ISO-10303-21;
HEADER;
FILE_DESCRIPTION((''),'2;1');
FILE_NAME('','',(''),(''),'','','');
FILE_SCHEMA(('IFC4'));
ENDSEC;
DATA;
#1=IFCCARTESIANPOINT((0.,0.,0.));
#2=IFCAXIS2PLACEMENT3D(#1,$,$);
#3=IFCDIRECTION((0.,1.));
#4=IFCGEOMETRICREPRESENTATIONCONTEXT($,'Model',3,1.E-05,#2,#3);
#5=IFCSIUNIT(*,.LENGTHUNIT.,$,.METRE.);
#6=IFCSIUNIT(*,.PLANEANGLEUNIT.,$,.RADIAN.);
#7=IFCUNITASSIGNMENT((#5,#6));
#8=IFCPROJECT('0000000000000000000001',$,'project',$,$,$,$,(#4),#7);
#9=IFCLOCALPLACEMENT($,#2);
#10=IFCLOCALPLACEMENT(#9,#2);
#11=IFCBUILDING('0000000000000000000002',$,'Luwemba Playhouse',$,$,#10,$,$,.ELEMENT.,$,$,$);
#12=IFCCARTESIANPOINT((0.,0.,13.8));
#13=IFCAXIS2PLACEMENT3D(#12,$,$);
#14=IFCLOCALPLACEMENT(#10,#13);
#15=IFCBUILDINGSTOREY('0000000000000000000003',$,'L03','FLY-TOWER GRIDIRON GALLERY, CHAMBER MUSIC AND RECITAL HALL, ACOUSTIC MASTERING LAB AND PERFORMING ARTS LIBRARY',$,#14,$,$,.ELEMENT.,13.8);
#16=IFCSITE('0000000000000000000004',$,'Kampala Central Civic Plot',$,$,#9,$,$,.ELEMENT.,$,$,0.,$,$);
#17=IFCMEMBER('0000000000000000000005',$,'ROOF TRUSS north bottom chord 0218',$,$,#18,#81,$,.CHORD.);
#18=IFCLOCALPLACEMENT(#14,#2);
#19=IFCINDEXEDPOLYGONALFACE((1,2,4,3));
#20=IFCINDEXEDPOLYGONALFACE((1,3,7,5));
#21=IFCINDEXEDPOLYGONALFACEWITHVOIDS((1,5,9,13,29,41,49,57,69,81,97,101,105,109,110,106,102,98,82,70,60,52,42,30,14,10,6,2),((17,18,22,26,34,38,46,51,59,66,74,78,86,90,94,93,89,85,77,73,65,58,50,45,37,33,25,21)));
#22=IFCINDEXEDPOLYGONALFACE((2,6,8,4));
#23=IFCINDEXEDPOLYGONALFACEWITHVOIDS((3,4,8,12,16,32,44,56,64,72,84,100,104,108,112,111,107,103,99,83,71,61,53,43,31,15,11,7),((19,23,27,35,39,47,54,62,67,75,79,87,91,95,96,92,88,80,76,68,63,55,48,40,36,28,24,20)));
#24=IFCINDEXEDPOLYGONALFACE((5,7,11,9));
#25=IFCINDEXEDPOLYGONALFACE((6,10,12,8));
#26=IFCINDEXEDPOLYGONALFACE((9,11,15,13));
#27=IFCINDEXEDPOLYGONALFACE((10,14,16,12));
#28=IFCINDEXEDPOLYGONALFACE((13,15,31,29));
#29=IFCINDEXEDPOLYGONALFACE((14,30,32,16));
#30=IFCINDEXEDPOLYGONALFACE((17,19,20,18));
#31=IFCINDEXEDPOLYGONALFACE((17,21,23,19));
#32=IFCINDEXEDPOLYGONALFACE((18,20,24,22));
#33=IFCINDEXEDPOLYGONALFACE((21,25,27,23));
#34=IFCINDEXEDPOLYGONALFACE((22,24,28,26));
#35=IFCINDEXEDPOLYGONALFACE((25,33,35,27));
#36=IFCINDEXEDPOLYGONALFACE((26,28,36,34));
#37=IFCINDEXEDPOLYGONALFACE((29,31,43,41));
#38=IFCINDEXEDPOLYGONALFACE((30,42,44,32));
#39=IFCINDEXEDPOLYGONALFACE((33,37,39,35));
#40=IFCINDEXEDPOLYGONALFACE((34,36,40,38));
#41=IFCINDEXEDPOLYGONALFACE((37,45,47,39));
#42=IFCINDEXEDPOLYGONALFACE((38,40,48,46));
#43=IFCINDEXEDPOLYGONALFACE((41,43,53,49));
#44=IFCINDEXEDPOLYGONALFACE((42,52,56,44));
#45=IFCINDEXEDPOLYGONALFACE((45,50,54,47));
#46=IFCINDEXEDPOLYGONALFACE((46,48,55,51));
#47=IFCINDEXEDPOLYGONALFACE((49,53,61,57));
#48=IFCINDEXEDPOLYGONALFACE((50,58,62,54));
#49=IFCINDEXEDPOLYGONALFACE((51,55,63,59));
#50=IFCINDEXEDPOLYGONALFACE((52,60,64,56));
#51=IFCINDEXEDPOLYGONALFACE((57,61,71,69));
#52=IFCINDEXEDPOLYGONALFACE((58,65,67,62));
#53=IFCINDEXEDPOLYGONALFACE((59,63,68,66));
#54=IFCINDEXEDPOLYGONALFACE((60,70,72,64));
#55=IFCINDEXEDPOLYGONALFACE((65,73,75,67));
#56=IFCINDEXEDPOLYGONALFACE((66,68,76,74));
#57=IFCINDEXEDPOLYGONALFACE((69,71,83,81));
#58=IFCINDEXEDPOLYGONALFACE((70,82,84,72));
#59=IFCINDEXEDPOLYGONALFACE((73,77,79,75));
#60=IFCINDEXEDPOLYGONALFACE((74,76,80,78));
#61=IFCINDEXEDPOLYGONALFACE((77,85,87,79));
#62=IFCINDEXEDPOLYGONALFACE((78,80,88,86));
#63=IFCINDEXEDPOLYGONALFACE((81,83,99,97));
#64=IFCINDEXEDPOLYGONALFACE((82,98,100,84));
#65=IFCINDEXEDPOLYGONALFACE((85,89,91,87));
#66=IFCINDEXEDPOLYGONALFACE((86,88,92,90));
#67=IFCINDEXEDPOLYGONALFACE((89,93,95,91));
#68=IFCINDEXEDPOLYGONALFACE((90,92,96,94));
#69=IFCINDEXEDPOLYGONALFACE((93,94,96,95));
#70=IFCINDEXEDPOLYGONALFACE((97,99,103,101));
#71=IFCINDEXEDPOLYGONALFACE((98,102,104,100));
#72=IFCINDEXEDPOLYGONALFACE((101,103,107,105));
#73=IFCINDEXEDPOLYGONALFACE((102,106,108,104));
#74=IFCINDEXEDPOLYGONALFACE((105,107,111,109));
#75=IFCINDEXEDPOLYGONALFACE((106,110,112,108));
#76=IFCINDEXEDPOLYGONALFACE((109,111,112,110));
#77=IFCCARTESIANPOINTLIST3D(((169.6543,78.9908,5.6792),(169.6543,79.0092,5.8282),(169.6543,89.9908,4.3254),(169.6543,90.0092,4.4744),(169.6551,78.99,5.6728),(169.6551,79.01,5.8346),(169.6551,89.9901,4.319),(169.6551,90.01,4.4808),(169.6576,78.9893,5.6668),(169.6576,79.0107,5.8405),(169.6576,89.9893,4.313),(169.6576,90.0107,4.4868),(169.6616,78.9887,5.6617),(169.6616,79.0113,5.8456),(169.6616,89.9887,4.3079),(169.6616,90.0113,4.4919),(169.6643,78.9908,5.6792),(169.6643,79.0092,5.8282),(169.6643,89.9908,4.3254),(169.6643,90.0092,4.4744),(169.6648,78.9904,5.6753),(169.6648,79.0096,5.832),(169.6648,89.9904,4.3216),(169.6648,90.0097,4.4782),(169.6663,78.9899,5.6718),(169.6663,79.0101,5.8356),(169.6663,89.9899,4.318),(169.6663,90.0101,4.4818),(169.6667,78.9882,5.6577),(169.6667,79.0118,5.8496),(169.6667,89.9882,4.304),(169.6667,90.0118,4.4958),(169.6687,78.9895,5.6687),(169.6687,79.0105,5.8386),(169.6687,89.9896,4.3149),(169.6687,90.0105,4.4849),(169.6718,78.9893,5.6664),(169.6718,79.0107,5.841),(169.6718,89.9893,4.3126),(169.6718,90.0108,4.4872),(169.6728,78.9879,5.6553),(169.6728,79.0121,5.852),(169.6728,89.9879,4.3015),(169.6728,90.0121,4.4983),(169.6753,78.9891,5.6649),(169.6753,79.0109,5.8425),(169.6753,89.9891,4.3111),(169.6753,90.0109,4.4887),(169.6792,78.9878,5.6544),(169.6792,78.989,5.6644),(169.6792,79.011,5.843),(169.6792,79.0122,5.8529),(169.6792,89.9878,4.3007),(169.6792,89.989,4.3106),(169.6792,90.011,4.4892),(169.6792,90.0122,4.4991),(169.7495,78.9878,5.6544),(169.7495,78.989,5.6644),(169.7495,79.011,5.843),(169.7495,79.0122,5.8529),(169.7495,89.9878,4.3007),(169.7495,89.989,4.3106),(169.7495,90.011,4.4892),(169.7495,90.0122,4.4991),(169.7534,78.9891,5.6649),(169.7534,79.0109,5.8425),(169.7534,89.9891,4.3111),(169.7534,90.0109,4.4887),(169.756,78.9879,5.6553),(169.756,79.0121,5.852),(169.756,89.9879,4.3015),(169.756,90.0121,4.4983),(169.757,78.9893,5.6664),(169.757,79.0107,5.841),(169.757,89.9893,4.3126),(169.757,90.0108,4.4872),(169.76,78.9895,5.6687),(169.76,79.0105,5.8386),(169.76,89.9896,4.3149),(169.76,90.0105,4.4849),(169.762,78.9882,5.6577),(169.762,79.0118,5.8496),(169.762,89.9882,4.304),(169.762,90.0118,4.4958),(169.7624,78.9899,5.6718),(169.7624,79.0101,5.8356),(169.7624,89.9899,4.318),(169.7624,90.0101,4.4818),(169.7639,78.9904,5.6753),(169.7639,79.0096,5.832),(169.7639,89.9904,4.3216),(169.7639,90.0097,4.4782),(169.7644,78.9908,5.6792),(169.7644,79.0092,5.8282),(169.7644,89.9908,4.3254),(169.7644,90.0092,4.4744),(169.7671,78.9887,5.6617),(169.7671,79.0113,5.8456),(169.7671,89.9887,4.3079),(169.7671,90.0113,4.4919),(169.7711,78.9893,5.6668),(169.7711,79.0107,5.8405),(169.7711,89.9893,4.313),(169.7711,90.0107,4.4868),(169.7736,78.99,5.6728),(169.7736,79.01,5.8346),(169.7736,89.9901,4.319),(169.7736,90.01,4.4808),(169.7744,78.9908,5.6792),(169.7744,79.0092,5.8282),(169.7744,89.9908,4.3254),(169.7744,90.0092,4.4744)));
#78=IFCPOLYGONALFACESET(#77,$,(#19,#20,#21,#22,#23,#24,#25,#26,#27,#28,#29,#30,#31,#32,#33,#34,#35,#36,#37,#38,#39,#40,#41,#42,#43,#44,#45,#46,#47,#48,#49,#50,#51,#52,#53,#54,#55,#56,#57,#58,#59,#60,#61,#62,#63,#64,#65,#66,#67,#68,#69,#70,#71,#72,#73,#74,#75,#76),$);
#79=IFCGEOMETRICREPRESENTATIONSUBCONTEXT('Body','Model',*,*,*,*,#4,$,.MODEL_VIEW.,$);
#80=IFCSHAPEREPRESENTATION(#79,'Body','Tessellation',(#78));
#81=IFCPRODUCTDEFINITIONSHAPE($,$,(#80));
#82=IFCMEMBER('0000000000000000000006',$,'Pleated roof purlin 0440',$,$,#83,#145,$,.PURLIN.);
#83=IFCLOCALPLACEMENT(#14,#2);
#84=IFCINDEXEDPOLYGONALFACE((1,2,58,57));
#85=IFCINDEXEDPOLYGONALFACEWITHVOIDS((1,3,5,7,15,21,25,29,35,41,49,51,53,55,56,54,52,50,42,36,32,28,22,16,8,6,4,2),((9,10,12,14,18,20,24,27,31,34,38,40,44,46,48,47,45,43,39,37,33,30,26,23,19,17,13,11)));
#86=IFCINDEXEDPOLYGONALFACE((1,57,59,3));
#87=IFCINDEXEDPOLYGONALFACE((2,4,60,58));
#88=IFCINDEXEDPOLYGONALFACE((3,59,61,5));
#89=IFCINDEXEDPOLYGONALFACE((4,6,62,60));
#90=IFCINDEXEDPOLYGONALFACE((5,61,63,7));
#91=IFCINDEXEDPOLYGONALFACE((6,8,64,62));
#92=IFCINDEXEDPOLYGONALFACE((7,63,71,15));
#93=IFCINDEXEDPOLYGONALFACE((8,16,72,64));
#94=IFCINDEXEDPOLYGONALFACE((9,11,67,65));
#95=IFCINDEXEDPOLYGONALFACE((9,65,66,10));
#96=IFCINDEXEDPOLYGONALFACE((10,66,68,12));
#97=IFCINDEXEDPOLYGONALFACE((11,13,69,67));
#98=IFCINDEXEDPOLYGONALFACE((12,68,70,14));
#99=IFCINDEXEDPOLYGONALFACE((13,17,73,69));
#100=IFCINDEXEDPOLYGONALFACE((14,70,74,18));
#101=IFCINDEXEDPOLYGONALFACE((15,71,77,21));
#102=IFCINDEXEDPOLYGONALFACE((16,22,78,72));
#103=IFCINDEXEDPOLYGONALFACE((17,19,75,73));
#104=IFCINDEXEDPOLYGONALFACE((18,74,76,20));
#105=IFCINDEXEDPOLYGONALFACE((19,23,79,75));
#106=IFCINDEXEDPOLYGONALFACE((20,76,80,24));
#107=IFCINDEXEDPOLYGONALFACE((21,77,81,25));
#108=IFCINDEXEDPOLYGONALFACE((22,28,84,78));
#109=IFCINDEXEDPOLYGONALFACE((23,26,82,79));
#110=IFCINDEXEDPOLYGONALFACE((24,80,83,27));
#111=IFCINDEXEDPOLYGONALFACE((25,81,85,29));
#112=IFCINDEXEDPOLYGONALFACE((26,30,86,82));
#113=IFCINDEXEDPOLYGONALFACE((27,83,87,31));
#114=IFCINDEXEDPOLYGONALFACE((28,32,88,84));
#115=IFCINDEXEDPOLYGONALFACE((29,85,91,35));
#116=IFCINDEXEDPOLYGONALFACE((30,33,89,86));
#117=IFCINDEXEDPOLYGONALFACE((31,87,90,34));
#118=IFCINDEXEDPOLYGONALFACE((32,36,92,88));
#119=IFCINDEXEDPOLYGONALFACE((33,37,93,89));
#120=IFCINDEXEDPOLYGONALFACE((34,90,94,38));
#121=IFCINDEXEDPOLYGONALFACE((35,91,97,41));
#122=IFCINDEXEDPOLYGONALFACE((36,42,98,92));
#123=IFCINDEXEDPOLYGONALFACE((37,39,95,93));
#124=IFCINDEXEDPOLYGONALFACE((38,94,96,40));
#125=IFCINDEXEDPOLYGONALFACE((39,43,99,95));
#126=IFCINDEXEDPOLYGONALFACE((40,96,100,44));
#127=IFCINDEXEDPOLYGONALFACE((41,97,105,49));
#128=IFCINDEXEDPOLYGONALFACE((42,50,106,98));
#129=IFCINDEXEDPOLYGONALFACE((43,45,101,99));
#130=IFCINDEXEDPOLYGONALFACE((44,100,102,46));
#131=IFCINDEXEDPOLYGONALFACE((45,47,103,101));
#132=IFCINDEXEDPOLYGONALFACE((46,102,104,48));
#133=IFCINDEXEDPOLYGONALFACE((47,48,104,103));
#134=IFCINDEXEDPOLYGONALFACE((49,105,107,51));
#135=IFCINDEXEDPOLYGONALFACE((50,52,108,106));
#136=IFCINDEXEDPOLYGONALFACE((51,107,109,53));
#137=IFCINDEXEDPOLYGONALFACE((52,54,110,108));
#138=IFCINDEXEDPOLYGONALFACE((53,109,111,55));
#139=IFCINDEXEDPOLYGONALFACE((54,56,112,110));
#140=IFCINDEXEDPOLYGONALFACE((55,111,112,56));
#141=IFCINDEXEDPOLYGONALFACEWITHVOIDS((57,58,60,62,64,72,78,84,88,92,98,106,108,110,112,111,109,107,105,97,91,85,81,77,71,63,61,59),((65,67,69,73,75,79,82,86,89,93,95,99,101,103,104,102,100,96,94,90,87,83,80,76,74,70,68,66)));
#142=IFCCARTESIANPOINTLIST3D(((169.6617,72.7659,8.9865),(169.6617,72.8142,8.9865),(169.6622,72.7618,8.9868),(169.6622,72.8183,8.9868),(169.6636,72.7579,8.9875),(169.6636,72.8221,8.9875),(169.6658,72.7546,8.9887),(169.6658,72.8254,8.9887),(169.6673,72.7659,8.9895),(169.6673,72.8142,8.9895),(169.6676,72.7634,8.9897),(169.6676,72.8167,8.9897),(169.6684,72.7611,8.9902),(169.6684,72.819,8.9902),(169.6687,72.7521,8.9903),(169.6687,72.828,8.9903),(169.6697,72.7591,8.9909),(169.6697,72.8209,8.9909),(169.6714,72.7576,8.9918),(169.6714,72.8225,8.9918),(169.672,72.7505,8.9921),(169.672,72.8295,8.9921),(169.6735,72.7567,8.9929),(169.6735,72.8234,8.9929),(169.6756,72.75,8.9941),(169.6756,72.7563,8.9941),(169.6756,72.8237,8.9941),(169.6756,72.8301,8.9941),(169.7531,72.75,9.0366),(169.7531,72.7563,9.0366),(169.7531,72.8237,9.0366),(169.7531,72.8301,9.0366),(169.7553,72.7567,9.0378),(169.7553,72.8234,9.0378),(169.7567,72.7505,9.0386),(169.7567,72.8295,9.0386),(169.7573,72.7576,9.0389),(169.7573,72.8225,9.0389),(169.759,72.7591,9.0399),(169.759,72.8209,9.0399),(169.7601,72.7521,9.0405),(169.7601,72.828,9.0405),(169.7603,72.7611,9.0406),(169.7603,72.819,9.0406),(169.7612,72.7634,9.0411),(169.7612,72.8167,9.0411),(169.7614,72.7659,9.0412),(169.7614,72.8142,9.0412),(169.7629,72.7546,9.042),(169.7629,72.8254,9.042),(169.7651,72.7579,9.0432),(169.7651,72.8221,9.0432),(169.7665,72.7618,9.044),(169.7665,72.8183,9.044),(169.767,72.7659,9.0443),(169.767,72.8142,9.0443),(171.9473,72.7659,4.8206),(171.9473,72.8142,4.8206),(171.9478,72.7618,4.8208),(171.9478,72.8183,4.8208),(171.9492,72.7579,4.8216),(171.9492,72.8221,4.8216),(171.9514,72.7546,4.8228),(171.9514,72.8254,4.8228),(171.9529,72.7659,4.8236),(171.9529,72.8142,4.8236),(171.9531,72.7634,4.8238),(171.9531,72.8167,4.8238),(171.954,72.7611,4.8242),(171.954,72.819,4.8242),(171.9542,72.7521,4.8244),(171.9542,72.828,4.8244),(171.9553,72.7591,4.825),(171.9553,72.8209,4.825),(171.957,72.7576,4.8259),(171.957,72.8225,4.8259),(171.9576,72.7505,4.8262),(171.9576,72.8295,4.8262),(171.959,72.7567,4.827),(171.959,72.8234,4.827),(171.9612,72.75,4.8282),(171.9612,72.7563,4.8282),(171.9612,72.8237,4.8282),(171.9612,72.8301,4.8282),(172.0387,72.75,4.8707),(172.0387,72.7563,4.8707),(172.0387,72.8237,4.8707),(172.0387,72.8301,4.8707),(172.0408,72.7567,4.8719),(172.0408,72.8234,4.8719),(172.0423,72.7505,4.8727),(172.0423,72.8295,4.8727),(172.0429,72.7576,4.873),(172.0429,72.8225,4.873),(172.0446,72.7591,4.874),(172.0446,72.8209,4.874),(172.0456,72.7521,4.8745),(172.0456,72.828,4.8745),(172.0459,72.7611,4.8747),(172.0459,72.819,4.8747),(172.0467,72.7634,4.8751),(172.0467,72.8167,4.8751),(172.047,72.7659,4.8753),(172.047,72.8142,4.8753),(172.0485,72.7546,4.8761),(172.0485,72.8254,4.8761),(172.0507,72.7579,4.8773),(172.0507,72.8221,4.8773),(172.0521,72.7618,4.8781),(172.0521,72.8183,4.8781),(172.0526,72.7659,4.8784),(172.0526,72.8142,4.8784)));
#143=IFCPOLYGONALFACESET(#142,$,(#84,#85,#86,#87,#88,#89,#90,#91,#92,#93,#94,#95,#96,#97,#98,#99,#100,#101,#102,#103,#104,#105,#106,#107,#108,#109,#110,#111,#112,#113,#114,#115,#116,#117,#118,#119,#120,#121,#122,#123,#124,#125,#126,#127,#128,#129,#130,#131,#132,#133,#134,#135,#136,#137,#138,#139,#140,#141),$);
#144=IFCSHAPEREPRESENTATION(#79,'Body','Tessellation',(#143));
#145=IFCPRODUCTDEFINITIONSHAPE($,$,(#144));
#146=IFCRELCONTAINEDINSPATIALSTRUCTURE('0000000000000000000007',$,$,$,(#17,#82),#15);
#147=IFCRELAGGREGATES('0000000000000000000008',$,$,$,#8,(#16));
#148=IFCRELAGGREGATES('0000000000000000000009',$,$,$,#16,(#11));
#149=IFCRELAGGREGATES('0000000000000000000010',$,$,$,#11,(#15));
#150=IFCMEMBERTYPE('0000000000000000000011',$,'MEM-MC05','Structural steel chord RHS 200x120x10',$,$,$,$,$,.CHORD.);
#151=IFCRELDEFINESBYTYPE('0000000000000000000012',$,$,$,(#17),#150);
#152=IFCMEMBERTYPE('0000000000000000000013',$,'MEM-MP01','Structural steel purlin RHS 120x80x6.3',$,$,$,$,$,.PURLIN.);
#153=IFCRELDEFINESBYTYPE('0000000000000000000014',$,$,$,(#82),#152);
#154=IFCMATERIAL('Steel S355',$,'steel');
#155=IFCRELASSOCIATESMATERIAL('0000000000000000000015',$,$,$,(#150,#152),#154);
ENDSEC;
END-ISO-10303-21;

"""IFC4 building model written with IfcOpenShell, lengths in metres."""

from ifc_helpers import new_model, si_unit, direction, frame, origin, origin_2d, place, context, subcontext, project, spatial, hollow_rectangle, extrude, material, material_profile, profile_set, type_object, element, save


model = new_model("IFC4")

# Units and contexts
model_context = context("Model", 3, precision=1e-05, world=origin(), true_north=direction((0.0, 1.0)))
body_context = subcontext(model_context, "Body", "Model", "MODEL_VIEW")
ifc_project = project(units=[si_unit("LENGTHUNIT", "METRE"), si_unit("PLANEANGLEUNIT", "RADIAN")], contexts=[model_context])

# Site, building, storey
site_placement = place(None, origin())
site = spatial("IfcSite", under=ifc_project, at=site_placement, Name="Kampala Central Civic Plot", CompositionType="ELEMENT", RefElevation=0.0)
building_placement = place(site_placement, origin())
building = spatial("IfcBuilding", under=site, at=building_placement, Name="Luwemba Playhouse", CompositionType="ELEMENT")
storey_placement = place(building_placement, frame((0.0, 0.0, 13.8)))
storey = spatial("IfcBuildingStorey", under=building, at=storey_placement, Name="L03", Description="FLY-TOWER GRIDIRON GALLERY, CHAMBER MUSIC AND RECITAL HALL, ACOUSTIC MASTERING LAB AND PERFORMING ARTS LIBRARY", CompositionType="ELEMENT", Elevation=13.8)

# Shared definitions
ifc_material_1 = material(Name="Steel S355", Category="steel")

# Members
ifc_material_profile_1 = material_profile(ifc_material_1, hollow_rectangle(XDim=0.1201, YDim=0.2, WallThickness=0.01, InnerFilletRadius=0.0149, OuterFilletRadius=0.0249, at=origin_2d()))
ifc_profile_set_1 = profile_set([ifc_material_profile_1], Name="Steel S355")
member_type_1 = type_object("IfcMemberType", Name="MEM-MC05", Description="Structural steel chord RHS 200x120x10", PredefinedType="CHORD", material=ifc_profile_set_1)
member_1_placement = place(storey_placement, frame((169.7144, 79.0, 5.7537), z_axis=(0.0, 0.992512, -0.122148), x_axis=(-1.0, 0.0, 0.0)))
element("IfcMember", 1, at=member_1_placement, inside=storey, type_object=member_type_1, Name="ROOF TRUSS north bottom chord 0218", PredefinedType="CHORD", context=body_context, shape_type="SweptSolid", body=[
    extrude(hollow_rectangle(XDim=0.1201, YDim=0.2, WallThickness=0.01, InnerFilletRadius=0.0149, OuterFilletRadius=0.0249, at=origin_2d()), origin(), (0.0, 0.0, 1.0), 11.083),
])
ifc_material_profile_2 = material_profile(ifc_material_1, hollow_rectangle(XDim=0.0801, YDim=0.1201, WallThickness=0.0063, InnerFilletRadius=0.0095, OuterFilletRadius=0.0159, at=origin_2d()))
ifc_profile_set_2 = profile_set([ifc_material_profile_2], Name="Steel S355")
member_type_2 = type_object("IfcMemberType", Name="MEM-MP01", Description="Structural steel purlin RHS 120x80x6.3", PredefinedType="PURLIN", material=ifc_profile_set_2)
member_2_placement = place(storey_placement, frame((169.7144, 72.79, 9.0154), z_axis=(0.481003, 0.0, -0.876719), x_axis=(0.0, 1.0, 0.0)))
element("IfcMember", 2, at=member_2_placement, inside=storey, type_object=member_type_2, Name="Pleated roof purlin 0440", PredefinedType="PURLIN", context=body_context, shape_type="SweptSolid", body=[
    extrude(hollow_rectangle(XDim=0.0801, YDim=0.1201, WallThickness=0.0063, InnerFilletRadius=0.0095, OuterFilletRadius=0.0159, at=origin_2d()), origin(), (0.0, 0.0, 1.0), 4.7517),
])

save(model, "model.ifc")
